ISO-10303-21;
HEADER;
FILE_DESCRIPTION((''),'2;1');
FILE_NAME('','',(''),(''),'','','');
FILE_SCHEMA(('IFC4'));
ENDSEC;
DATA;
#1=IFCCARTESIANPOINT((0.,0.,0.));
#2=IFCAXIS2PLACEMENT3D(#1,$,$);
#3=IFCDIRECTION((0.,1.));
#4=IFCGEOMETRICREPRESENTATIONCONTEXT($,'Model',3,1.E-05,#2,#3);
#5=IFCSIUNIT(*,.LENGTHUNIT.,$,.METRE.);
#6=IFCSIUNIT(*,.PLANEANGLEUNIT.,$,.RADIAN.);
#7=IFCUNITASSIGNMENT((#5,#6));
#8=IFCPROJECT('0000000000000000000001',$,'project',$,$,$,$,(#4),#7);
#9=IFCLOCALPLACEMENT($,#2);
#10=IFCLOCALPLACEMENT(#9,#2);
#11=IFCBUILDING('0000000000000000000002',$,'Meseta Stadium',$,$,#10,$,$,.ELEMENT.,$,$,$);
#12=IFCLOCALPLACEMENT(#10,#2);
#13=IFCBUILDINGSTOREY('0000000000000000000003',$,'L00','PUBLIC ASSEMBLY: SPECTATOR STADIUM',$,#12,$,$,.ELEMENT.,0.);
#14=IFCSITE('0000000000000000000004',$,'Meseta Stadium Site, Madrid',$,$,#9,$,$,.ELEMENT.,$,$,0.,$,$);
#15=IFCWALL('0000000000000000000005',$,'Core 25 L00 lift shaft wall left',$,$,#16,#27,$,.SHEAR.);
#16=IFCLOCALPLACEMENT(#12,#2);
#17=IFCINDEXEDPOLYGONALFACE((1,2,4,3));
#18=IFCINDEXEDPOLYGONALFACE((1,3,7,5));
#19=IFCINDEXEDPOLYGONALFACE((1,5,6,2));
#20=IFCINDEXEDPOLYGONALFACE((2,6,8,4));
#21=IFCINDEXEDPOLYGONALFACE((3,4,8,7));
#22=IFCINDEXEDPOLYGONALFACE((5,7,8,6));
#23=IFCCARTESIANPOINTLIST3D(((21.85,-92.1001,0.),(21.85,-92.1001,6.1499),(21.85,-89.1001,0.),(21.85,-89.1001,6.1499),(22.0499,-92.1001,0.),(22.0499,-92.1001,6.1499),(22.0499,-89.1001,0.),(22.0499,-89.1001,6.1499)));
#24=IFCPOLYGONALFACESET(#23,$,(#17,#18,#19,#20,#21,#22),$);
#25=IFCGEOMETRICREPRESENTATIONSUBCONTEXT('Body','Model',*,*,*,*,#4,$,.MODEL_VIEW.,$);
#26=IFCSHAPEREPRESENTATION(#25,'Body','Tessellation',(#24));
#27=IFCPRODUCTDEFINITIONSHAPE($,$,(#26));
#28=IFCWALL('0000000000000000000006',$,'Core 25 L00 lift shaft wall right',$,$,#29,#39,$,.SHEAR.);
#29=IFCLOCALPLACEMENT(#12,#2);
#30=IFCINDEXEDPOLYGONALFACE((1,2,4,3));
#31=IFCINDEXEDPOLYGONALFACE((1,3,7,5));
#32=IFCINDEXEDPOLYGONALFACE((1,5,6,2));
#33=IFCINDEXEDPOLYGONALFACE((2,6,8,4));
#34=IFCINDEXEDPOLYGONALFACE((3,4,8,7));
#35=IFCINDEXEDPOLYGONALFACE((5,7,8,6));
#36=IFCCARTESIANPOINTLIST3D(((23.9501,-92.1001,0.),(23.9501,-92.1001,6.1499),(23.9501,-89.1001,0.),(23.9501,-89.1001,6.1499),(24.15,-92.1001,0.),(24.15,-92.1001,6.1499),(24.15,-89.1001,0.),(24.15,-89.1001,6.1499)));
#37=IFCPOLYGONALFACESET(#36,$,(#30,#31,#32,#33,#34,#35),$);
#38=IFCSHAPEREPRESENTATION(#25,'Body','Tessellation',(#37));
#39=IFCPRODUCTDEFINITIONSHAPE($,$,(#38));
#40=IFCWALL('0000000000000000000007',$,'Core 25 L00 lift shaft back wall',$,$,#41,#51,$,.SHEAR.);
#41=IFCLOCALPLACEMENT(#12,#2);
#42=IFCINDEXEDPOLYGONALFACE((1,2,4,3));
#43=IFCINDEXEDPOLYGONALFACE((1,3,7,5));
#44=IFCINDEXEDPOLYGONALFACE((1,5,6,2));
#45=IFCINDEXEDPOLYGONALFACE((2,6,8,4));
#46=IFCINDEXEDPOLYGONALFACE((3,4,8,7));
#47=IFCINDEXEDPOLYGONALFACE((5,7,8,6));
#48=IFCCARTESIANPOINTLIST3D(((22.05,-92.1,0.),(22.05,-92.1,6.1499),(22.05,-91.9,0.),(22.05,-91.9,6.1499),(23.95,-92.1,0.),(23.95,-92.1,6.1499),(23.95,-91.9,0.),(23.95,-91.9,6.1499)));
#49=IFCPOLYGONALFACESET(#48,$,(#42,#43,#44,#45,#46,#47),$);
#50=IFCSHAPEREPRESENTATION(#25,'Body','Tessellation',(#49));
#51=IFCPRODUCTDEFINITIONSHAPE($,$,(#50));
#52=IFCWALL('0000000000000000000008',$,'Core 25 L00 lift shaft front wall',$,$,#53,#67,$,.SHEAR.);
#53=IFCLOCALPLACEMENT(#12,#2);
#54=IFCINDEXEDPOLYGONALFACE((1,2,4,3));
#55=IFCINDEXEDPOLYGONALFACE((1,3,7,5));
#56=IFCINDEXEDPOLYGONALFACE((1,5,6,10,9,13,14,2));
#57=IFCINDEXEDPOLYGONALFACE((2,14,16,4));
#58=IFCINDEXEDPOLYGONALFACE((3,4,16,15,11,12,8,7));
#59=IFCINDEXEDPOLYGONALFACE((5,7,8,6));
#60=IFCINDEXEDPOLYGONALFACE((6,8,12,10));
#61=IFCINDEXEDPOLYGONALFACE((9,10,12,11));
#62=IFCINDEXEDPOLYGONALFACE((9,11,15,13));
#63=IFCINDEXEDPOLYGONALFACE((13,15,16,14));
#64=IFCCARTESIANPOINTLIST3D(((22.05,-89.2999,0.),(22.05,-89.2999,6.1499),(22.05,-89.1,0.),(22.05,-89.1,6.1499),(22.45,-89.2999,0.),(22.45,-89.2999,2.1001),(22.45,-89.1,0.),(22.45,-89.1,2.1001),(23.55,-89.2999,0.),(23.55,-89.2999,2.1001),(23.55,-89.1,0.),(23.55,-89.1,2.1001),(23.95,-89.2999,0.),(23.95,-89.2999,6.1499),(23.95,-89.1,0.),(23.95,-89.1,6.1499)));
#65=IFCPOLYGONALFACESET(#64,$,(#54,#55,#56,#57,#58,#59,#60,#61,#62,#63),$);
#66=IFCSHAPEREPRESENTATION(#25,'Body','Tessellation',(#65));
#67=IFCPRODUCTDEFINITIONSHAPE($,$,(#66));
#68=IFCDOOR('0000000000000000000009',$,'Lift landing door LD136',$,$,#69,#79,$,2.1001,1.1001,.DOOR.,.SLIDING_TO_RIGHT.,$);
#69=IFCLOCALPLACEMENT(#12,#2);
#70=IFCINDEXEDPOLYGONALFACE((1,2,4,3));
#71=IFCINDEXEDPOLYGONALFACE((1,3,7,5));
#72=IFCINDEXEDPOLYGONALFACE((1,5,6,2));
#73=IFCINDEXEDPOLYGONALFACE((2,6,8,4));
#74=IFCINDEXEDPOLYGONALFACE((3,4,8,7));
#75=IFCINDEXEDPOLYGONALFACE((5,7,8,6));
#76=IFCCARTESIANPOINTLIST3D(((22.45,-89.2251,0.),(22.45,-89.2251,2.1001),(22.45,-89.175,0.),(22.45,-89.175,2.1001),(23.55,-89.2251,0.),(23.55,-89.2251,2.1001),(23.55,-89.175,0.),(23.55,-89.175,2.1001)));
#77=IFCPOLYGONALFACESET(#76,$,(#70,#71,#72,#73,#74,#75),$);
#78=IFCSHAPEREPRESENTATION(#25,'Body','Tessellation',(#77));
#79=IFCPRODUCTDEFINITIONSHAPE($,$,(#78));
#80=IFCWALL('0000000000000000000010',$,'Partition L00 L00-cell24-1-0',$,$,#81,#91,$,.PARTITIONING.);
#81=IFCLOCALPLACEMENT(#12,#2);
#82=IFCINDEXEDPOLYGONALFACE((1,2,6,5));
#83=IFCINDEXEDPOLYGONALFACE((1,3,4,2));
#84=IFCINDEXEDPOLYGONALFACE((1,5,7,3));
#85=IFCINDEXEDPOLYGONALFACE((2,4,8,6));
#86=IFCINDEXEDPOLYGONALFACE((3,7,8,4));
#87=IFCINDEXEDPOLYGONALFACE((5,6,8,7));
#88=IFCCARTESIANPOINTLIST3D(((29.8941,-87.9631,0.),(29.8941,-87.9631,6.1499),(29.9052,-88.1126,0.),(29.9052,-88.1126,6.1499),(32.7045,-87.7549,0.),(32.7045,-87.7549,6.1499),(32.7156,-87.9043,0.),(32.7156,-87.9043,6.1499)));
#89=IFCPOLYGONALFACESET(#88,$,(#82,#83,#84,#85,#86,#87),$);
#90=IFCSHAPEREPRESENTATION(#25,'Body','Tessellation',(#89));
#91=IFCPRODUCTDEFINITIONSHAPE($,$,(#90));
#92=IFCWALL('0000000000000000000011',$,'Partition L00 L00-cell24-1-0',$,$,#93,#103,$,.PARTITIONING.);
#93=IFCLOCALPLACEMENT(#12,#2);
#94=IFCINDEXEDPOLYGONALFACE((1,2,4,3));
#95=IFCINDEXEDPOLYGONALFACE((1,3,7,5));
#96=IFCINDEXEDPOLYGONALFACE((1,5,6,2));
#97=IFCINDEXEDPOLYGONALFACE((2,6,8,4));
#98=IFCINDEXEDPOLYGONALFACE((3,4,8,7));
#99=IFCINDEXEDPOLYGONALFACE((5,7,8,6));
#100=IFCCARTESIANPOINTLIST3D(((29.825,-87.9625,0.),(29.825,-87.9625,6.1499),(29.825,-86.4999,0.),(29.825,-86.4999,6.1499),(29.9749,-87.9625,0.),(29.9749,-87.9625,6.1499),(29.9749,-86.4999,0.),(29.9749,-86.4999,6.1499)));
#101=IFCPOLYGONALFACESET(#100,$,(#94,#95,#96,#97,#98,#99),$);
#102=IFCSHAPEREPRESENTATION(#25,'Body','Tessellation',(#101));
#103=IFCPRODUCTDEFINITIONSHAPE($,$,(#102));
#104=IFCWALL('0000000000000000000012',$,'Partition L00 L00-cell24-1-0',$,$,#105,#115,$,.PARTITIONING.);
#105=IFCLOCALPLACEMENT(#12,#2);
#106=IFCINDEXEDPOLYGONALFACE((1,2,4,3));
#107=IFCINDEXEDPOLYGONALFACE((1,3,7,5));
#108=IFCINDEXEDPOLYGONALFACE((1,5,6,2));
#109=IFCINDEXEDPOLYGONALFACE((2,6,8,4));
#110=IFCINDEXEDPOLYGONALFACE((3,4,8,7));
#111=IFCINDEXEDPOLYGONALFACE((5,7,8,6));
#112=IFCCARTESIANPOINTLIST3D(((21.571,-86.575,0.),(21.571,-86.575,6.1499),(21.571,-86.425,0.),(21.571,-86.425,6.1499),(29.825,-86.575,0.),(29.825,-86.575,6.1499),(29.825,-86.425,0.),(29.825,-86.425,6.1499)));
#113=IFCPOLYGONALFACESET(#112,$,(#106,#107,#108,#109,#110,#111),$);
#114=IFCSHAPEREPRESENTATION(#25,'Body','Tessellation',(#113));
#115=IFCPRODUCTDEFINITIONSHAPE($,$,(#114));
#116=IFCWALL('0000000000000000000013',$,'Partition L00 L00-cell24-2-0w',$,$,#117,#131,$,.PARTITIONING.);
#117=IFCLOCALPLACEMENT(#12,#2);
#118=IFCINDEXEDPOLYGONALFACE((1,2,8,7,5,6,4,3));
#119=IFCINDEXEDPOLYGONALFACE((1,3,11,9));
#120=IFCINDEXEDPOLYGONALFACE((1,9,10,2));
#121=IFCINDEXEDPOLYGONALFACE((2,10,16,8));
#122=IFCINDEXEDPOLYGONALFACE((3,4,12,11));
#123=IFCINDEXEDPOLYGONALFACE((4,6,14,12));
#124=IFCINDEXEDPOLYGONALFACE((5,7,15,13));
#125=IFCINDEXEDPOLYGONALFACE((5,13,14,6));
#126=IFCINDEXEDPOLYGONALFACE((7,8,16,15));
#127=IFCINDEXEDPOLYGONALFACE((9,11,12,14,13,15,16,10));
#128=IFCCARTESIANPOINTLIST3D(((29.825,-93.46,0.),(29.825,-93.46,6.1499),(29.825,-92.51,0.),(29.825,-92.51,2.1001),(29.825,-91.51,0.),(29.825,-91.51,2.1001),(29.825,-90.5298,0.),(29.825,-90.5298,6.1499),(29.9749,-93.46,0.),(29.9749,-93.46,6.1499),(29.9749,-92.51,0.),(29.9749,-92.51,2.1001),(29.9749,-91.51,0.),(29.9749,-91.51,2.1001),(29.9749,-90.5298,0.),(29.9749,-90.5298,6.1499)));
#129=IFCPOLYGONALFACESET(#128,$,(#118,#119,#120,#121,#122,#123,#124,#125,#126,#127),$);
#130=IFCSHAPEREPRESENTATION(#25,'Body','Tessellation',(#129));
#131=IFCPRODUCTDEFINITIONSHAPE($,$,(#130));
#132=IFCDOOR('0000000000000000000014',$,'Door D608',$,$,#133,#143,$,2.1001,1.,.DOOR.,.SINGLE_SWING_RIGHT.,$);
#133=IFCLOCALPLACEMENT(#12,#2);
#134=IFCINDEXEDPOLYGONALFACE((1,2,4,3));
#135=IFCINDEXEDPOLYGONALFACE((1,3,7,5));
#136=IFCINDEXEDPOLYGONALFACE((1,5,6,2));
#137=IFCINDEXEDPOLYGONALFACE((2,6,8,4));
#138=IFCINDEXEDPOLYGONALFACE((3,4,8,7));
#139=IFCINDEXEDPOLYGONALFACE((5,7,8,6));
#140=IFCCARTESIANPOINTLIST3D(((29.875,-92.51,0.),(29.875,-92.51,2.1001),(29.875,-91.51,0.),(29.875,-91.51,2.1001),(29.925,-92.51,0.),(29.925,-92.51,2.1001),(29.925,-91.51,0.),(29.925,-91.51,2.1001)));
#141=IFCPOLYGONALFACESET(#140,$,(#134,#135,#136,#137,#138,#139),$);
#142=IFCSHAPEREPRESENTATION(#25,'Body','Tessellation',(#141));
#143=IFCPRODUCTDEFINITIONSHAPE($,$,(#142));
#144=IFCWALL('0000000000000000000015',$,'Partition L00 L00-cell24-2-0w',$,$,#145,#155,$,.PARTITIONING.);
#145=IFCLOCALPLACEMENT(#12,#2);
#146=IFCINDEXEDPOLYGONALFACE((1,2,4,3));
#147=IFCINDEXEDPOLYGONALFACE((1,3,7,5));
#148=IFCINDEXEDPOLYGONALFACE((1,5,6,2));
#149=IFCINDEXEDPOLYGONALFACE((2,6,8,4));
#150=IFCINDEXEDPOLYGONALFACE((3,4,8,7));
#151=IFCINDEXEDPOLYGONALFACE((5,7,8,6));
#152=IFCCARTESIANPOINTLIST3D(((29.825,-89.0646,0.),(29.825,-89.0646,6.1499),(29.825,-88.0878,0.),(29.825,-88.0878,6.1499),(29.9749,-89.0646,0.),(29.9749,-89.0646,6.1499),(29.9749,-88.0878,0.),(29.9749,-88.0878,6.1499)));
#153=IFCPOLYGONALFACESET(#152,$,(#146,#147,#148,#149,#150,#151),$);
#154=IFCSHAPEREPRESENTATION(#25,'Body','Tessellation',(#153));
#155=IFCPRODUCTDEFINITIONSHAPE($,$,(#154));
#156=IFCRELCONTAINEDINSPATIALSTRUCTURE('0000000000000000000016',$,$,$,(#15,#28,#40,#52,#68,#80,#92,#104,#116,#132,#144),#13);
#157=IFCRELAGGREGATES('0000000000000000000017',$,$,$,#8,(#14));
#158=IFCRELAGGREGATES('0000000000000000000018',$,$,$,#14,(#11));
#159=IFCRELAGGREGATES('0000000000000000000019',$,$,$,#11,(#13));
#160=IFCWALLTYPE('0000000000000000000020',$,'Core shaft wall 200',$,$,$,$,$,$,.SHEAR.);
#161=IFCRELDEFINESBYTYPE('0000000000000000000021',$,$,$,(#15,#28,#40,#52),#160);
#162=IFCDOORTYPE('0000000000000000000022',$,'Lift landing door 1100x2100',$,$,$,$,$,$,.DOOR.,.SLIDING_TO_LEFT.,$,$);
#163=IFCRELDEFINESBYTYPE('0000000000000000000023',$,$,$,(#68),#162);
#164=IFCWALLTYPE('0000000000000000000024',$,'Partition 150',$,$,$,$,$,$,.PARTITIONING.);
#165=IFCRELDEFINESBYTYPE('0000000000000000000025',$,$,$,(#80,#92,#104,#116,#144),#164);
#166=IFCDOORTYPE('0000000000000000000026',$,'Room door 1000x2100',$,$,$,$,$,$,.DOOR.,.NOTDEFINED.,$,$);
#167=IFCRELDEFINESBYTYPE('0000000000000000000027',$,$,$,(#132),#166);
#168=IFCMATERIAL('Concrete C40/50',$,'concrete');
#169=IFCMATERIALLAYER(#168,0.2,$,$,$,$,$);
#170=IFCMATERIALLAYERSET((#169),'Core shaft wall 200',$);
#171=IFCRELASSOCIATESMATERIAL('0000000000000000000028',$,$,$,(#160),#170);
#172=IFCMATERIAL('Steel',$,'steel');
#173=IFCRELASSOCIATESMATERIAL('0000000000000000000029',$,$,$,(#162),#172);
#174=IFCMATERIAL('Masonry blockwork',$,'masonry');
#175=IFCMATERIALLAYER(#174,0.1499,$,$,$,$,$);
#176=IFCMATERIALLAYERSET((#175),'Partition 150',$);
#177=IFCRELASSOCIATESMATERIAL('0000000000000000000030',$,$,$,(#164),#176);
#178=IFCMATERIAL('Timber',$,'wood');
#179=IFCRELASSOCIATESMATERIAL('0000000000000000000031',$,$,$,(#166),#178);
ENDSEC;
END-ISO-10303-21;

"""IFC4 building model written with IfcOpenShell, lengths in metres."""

from ifc_helpers import new_model, si_unit, direction, frame, frame_2d, origin, place, context, subcontext, project, spatial, rectangle, extrude, material, layer, layer_set, type_object, element, fill, save


model = new_model("IFC4")

# Units and contexts
model_context = context("Model", 3, precision=1e-05, world=origin(), true_north=direction((0.0, 1.0)))
body_context = subcontext(model_context, "Body", "Model", "MODEL_VIEW")
ifc_project = project(units=[si_unit("LENGTHUNIT", "METRE"), si_unit("PLANEANGLEUNIT", "RADIAN")], contexts=[model_context])

# Site, building, storey
site_placement = place(None, origin())
site = spatial("IfcSite", under=ifc_project, at=site_placement, Name="Meseta Stadium Site, Madrid", CompositionType="ELEMENT", RefElevation=0.0)
building_placement = place(site_placement, origin())
building = spatial("IfcBuilding", under=site, at=building_placement, Name="Meseta Stadium", CompositionType="ELEMENT")
storey_placement = place(building_placement, origin())
storey = spatial("IfcBuildingStorey", under=building, at=storey_placement, Name="L00", Description="PUBLIC ASSEMBLY: SPECTATOR STADIUM", CompositionType="ELEMENT", Elevation=0.0)

# Shared definitions
ifc_material_1 = material(Name="Concrete C40/50", Category="concrete")
ifc_layer_1 = layer(ifc_material_1, 0.2)
ifc_layer_set_1 = layer_set([ifc_layer_1], Name="Core shaft wall 200")
wall_type_1 = type_object("IfcWallType", Name="Core shaft wall 200", PredefinedType="SHEAR", material=ifc_layer_set_1)

# Walls
for number, where, z_axis, x_axis, name in (
    (1, (21.95, -92.1001, 0.0), (0.0, 0.0, 1.0), (0.0, 1.0, 0.0), "Core 25 L00 lift shaft wall left"),
    (2, (24.05, -92.1001, 0.0), (0.0, 0.0, 1.0), (0.0, 1.0, 0.0), "Core 25 L00 lift shaft wall right"),
):
    element("IfcWall", number, at=place(storey_placement, frame(where, z_axis=z_axis, x_axis=x_axis)), inside=storey, type_object=wall_type_1, Name=name, PredefinedType="SHEAR", context=body_context, shape_type="SweptSolid", body=[
        extrude(rectangle(XDim=3.0, YDim=0.2, at=frame_2d((1.5, 0.0))), origin(), (0.0, 0.0, 1.0), 6.1499),
    ])
wall_1_placement = place(storey_placement, frame((22.05, -92.0, 0.0), z_axis=(0.0, 0.0, 1.0), x_axis=(1.0, 0.0, 0.0)))
element("IfcWall", 3, at=wall_1_placement, inside=storey, type_object=wall_type_1, Name="Core 25 L00 lift shaft back wall", PredefinedType="SHEAR", context=body_context, shape_type="SweptSolid", body=[
    extrude(rectangle(XDim=1.8999, YDim=0.2, at=frame_2d((0.95, 0.0))), origin(), (0.0, 0.0, 1.0), 6.1499),
])

# Wall, opening, door
wall_2_placement = place(storey_placement, frame((22.05, -89.2, 0.0), z_axis=(0.0, 0.0, 1.0), x_axis=(1.0, 0.0, 0.0)))
wall_2 = element("IfcWall", 4, at=wall_2_placement, inside=storey, type_object=wall_type_1, Name="Core 25 L00 lift shaft front wall", PredefinedType="SHEAR", context=body_context, shape_type="SweptSolid", body=[
    extrude(rectangle(XDim=1.8999, YDim=0.2, at=frame_2d((0.95, 0.0))), origin(), (0.0, 0.0, 1.0), 6.1499),
])
opening_1_placement = place(wall_2_placement, frame((0.3999, 0.0, 0.0)))
opening_1 = element("IfcOpeningElement", 5, at=opening_1_placement, cuts=wall_2, PredefinedType="OPENING", context=body_context, shape_type="SweptSolid", body=[
    extrude(rectangle(XDim=1.1001, YDim=2.1001, at=frame_2d((0.55, 1.05))), frame((0.0, 0.1099, 0.0), z_axis=(0.0, -1.0, 0.0), x_axis=(1.0, 0.0, 0.0)), (0.0, 0.0, 1.0), 0.22),
])
ifc_material_2 = material(Name="Steel", Category="steel")
door_type_1 = type_object("IfcDoorType", Name="Lift landing door 1100x2100", OperationType="SLIDING_TO_LEFT", PredefinedType="DOOR", material=ifc_material_2)
door_1_placement = place(opening_1_placement, origin())
door_1 = element("IfcDoor", 6, at=door_1_placement, inside=storey, type_object=door_type_1, Name="Lift landing door LD136", OperationType="SLIDING_TO_RIGHT", OverallHeight=2.1001, OverallWidth=1.1001, PredefinedType="DOOR", context=body_context, shape_type="SweptSolid", body=[
    extrude(rectangle(XDim=1.1001, YDim=2.1001, at=frame_2d((0.55, 1.05))), frame((0.0, 0.0249, 0.0), z_axis=(0.0, -1.0, 0.0), x_axis=(1.0, 0.0, 0.0)), (0.0, 0.0, 1.0), 0.05),
])
fill(opening_1, door_1)

# Walls
ifc_material_3 = material(Name="Masonry blockwork", Category="masonry")
ifc_layer_2 = layer(ifc_material_3, 0.1499)
ifc_layer_set_2 = layer_set([ifc_layer_2], Name="Partition 150")
wall_type_2 = type_object("IfcWallType", Name="Partition 150", PredefinedType="PARTITIONING", material=ifc_layer_set_2)
wall_3_placement = place(storey_placement, frame((32.7102, -87.8296, 0.0), z_axis=(0.0, 0.0, 1.0), x_axis=(-0.997266, -0.0739, 0.0)))
element("IfcWall", 7, at=wall_3_placement, inside=storey, type_object=wall_type_2, Name="Partition L00 L00-cell24-1-0", PredefinedType="PARTITIONING", context=body_context, shape_type="SweptSolid", body=[
    extrude(rectangle(XDim=2.8181, YDim=0.1499, at=frame_2d((1.4092, 0.0))), origin(), (0.0, 0.0, 1.0), 6.1499),
])
wall_4_placement = place(storey_placement, frame((29.8999, -87.9626, 0.0), z_axis=(0.0, 0.0, 1.0), x_axis=(0.0, 1.0, 0.0)))
element("IfcWall", 8, at=wall_4_placement, inside=storey, type_object=wall_type_2, Name="Partition L00 L00-cell24-1-0", PredefinedType="PARTITIONING", context=body_context, shape_type="SweptSolid", body=[
    extrude(rectangle(XDim=1.4626, YDim=0.1499, at=frame_2d((0.7314, 0.0))), origin(), (0.0, 0.0, 1.0), 6.1499),
])
wall_5_placement = place(storey_placement, frame((29.825, -86.5, 0.0), z_axis=(0.0, 0.0, 1.0), x_axis=(-1.0, 0.0, 0.0)))
element("IfcWall", 9, at=wall_5_placement, inside=storey, type_object=wall_type_2, Name="Partition L00 L00-cell24-1-0", PredefinedType="PARTITIONING", context=body_context, shape_type="SweptSolid", body=[
    extrude(rectangle(XDim=8.2539, YDim=0.1499, at=frame_2d((4.127, 0.0))), origin(), (0.0, 0.0, 1.0), 6.1499),
])

# Wall, opening, door
wall_6_placement = place(storey_placement, frame((29.8999, -93.46, 0.0), z_axis=(0.0, 0.0, 1.0), x_axis=(0.0, 1.0, 0.0)))
wall_6 = element("IfcWall", 10, at=wall_6_placement, inside=storey, type_object=wall_type_2, Name="Partition L00 L00-cell24-2-0w", PredefinedType="PARTITIONING", context=body_context, shape_type="SweptSolid", body=[
    extrude(rectangle(XDim=2.9302, YDim=0.1499, at=frame_2d((1.4651, 0.0))), origin(), (0.0, 0.0, 1.0), 6.1499),
])
opening_2_placement = place(wall_6_placement, frame((0.95, 0.0, 0.0)))
opening_2 = element("IfcOpeningElement", 11, at=opening_2_placement, cuts=wall_6, PredefinedType="OPENING", context=body_context, shape_type="SweptSolid", body=[
    extrude(rectangle(XDim=1.0, YDim=2.1001, at=frame_2d((0.5, 1.05))), frame((0.0, 0.085, 0.0), z_axis=(0.0, -1.0, 0.0), x_axis=(1.0, 0.0, 0.0)), (0.0, 0.0, 1.0), 0.1699),
])
ifc_material_4 = material(Name="Timber", Category="wood")
door_type_2 = type_object("IfcDoorType", Name="Room door 1000x2100", OperationType="NOTDEFINED", PredefinedType="DOOR", material=ifc_material_4)
door_2_placement = place(opening_2_placement, origin())
door_2 = element("IfcDoor", 12, at=door_2_placement, inside=storey, type_object=door_type_2, Name="Door D608", OperationType="SINGLE_SWING_RIGHT", OverallHeight=2.1001, OverallWidth=1.0, PredefinedType="DOOR", context=body_context, shape_type="SweptSolid", body=[
    extrude(rectangle(XDim=1.0, YDim=2.1001, at=frame_2d((0.5, 1.05))), frame((0.0, 0.0249, 0.0), z_axis=(0.0, -1.0, 0.0), x_axis=(1.0, 0.0, 0.0)), (0.0, 0.0, 1.0), 0.05),
])
fill(opening_2, door_2)

# Wall
wall_7_placement = place(storey_placement, frame((29.8999, -89.0645, 0.0), z_axis=(0.0, 0.0, 1.0), x_axis=(0.0, 1.0, 0.0)))
element("IfcWall", 13, at=wall_7_placement, inside=storey, type_object=wall_type_2, Name="Partition L00 L00-cell24-2-0w", PredefinedType="PARTITIONING", context=body_context, shape_type="SweptSolid", body=[
    extrude(rectangle(XDim=0.9768, YDim=0.1499, at=frame_2d((0.4883, 0.0))), origin(), (0.0, 0.0, 1.0), 6.1499),
])

save(model, "model.ifc")
